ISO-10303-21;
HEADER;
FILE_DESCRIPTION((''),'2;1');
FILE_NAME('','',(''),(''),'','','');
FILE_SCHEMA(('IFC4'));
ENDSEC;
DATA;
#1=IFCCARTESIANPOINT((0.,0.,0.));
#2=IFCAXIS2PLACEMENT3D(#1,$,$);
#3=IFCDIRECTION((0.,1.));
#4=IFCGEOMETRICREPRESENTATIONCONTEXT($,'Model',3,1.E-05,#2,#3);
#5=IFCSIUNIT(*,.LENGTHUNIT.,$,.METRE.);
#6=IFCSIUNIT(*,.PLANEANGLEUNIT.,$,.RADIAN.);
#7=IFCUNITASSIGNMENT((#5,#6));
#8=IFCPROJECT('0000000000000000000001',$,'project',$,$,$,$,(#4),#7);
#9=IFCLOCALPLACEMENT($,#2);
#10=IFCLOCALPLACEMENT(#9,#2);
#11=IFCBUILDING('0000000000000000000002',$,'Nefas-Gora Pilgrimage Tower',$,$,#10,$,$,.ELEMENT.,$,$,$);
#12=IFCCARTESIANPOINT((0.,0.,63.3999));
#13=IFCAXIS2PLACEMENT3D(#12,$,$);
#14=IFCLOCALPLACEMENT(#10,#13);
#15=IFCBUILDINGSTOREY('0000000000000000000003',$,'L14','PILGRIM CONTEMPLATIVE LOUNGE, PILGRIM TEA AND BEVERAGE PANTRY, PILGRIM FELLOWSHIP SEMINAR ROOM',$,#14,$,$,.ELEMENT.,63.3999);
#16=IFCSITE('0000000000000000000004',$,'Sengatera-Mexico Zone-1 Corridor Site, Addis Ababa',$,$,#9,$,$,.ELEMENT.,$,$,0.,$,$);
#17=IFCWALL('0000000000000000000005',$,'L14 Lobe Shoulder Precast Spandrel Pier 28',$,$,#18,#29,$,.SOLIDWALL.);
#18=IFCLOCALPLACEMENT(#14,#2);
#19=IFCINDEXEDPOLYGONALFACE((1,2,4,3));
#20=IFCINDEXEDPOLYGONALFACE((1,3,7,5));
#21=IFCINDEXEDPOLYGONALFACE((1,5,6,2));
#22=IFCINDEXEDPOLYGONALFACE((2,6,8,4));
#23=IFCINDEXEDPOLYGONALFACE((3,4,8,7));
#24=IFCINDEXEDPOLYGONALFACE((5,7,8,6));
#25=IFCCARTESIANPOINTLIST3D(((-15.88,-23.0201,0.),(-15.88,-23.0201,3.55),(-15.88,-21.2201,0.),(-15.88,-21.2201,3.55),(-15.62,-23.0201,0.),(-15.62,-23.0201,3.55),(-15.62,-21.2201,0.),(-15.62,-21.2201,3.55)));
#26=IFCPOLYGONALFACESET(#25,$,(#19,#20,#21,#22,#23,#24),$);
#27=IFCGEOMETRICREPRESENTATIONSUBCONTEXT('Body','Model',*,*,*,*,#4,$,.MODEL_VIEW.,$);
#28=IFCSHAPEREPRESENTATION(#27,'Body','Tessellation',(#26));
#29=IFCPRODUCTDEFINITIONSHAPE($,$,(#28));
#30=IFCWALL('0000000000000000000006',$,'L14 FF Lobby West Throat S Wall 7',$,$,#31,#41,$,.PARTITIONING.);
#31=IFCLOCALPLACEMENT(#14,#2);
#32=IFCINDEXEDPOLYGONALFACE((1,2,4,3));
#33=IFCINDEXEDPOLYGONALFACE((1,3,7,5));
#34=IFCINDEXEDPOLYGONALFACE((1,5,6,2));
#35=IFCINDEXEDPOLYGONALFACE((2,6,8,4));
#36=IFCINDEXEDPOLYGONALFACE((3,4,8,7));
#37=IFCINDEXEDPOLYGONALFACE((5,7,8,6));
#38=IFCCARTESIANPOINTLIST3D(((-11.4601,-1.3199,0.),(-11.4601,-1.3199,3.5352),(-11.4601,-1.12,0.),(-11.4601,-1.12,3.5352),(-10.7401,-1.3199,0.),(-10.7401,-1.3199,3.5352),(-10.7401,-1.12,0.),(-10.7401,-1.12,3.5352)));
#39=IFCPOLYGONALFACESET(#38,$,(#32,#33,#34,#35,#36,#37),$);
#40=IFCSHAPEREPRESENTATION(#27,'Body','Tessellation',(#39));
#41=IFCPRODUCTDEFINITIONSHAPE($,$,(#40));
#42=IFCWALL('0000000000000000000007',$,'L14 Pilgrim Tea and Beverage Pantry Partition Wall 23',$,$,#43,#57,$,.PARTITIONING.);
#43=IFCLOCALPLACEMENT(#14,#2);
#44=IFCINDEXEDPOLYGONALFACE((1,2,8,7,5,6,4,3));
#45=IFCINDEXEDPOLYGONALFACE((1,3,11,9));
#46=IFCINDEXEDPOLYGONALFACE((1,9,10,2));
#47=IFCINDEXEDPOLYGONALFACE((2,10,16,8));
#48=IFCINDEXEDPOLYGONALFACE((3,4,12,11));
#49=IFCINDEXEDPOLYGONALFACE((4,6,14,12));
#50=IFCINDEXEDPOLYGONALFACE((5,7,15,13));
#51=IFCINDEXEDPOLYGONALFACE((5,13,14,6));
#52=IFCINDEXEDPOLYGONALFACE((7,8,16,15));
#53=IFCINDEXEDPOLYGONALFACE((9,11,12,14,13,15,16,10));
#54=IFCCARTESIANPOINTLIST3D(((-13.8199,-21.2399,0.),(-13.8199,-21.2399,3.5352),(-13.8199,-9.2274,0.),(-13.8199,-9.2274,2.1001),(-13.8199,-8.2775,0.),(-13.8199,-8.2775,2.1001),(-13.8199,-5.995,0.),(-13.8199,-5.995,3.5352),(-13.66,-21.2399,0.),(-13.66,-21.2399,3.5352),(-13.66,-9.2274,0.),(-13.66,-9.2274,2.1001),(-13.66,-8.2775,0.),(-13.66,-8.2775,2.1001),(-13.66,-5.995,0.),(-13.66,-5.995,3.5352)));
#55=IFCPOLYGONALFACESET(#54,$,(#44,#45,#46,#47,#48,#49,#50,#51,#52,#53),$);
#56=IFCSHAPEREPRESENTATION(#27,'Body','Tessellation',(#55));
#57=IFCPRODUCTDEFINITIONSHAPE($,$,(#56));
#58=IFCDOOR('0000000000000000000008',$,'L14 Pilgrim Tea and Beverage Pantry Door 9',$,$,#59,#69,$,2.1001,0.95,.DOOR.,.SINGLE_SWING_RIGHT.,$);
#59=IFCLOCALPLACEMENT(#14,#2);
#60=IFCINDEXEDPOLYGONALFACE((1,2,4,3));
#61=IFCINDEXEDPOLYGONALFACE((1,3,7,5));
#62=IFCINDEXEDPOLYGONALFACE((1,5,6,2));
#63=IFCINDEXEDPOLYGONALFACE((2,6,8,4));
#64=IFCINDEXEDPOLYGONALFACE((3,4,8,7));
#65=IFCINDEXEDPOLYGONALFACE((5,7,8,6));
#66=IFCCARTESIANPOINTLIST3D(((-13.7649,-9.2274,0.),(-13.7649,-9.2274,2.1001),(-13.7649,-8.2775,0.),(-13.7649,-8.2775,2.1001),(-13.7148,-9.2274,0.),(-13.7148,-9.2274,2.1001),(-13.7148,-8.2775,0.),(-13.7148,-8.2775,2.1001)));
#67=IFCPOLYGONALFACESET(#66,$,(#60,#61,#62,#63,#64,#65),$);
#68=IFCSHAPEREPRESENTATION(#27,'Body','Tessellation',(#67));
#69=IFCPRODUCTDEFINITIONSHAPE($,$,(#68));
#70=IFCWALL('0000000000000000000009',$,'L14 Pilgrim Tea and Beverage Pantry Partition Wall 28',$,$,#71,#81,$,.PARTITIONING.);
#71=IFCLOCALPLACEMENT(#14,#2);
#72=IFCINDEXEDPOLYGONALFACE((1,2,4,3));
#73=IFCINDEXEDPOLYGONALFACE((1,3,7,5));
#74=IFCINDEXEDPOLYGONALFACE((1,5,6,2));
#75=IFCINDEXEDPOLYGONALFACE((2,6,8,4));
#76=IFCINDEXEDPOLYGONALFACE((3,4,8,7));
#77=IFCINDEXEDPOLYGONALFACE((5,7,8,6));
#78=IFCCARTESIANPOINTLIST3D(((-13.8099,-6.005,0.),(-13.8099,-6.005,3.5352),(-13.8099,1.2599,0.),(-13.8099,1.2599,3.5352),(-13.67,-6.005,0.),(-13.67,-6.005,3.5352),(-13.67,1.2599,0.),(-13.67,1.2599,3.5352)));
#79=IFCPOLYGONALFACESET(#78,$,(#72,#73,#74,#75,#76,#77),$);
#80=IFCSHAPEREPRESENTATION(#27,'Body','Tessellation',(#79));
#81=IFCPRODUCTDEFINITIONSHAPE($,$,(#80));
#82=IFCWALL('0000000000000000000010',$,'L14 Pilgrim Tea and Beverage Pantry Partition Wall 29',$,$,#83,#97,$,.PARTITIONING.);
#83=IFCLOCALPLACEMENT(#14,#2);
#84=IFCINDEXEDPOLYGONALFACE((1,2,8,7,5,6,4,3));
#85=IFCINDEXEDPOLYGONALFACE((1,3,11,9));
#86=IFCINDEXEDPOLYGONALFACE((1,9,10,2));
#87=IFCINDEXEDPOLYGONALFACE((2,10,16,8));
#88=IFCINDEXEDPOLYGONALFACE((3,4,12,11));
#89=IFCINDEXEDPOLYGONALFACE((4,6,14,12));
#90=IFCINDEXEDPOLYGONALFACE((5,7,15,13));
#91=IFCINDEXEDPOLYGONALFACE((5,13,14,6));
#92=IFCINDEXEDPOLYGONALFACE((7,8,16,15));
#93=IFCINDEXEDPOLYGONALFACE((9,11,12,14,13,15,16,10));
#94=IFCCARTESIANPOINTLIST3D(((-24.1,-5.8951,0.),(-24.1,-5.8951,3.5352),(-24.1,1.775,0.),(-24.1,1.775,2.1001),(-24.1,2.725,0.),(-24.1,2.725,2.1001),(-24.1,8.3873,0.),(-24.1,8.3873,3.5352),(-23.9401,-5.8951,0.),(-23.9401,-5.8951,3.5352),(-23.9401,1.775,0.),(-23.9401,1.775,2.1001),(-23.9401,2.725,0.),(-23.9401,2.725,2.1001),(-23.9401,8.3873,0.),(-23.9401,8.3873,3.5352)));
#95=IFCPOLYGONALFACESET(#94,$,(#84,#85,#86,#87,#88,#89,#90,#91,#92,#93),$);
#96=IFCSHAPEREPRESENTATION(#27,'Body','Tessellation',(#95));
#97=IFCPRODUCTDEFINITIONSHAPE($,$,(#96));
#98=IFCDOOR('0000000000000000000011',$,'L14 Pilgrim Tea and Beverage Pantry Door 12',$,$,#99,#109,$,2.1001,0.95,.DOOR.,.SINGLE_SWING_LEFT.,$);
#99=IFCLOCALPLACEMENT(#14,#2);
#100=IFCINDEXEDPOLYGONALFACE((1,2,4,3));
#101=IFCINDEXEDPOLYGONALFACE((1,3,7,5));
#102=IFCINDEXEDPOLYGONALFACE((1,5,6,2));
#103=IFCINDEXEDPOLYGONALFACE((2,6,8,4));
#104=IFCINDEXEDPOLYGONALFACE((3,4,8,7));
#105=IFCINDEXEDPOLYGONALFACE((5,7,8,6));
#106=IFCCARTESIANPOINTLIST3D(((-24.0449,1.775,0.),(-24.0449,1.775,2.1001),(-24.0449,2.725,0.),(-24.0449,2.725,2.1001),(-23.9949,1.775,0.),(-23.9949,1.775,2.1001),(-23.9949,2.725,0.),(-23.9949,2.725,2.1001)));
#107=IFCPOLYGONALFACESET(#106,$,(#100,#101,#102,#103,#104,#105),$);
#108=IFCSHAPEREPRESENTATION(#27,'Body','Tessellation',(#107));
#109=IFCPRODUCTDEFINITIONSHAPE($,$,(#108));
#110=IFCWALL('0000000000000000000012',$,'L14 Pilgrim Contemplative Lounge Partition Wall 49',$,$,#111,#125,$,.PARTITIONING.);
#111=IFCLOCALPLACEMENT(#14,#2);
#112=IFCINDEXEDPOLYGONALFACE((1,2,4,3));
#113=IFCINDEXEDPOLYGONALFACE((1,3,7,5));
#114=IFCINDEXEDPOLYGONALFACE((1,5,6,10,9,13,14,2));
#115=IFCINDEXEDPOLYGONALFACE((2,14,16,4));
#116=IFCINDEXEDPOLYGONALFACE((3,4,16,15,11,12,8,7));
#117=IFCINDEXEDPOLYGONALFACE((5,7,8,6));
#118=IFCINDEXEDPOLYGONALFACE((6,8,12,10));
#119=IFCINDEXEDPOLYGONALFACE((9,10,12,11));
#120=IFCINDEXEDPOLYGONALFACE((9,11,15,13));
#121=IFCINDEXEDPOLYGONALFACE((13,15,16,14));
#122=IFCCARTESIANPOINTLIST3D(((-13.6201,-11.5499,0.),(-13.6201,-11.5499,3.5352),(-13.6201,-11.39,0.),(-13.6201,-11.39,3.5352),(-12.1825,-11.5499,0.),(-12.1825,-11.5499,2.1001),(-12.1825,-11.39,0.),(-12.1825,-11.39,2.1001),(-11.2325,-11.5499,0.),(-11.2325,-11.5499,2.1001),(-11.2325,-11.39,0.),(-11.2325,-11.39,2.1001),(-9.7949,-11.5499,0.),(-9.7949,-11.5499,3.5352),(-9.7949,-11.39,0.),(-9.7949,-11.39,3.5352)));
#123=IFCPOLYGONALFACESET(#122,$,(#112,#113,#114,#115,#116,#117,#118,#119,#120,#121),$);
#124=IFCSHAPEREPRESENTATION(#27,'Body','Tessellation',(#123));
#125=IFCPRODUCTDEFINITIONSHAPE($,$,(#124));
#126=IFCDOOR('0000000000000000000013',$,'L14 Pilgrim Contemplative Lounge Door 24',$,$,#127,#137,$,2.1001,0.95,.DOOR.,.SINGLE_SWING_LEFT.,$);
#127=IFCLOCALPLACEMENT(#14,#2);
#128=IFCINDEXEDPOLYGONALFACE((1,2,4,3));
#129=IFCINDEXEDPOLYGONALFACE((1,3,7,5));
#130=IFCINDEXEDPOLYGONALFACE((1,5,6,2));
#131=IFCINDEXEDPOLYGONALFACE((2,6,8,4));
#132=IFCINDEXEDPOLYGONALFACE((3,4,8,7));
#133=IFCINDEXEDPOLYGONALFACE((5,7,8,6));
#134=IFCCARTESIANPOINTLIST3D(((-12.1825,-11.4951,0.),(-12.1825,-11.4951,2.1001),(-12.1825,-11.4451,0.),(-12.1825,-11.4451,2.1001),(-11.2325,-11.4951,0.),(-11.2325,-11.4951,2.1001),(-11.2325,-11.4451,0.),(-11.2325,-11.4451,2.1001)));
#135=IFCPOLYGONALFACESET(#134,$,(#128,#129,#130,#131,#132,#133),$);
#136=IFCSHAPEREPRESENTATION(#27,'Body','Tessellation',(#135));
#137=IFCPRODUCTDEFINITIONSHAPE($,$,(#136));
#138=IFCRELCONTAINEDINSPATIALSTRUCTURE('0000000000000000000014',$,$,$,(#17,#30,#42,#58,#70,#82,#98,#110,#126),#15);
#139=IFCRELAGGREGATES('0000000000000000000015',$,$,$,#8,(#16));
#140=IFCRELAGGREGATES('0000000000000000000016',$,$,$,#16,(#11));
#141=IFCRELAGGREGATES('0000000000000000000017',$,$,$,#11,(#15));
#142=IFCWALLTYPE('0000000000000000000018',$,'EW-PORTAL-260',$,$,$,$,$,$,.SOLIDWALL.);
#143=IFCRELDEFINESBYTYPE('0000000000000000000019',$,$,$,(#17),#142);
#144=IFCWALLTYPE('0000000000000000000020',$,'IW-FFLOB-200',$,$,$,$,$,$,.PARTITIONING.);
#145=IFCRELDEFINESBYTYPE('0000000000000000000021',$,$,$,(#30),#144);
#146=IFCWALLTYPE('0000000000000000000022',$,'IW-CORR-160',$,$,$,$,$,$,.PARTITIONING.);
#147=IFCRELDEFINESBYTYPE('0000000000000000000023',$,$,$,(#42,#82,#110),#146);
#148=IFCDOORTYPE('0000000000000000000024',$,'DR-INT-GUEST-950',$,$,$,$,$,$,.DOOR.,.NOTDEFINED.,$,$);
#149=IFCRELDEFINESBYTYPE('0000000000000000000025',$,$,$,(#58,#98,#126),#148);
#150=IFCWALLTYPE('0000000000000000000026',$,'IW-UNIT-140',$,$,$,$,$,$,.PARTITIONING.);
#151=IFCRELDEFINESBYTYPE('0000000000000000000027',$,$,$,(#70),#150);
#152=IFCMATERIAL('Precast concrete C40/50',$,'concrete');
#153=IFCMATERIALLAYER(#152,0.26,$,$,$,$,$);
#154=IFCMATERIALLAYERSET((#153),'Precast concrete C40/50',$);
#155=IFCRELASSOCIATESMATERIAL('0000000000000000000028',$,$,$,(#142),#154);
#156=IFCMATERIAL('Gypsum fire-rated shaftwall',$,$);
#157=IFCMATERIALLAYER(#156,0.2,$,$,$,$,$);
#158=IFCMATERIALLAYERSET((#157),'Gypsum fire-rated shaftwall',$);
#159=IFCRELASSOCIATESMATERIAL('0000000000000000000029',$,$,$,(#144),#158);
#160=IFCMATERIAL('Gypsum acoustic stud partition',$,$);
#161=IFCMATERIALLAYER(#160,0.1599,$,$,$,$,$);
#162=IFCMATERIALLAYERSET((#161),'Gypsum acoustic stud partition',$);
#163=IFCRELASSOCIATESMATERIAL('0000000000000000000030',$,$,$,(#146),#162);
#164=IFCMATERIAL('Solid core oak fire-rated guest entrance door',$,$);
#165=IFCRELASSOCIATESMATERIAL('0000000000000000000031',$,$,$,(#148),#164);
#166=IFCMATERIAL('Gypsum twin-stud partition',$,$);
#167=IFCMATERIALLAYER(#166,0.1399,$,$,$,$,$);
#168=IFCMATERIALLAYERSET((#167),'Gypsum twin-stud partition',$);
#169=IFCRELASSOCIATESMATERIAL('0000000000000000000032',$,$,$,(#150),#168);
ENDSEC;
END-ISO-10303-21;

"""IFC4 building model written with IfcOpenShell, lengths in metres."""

from ifc_helpers import new_model, si_unit, direction, frame, frame_2d, origin, place, context, subcontext, project, spatial, rectangle, extrude, source, transform, mapped, material, layer, layer_set, type_object, element, fill, save


model = new_model("IFC4")

# Units and contexts
model_context = context("Model", 3, precision=1e-05, world=origin(), true_north=direction((0.0, 1.0)))
body_context = subcontext(model_context, "Body", "Model", "MODEL_VIEW")
ifc_project = project(units=[si_unit("LENGTHUNIT", "METRE"), si_unit("PLANEANGLEUNIT", "RADIAN")], contexts=[model_context])

# Site, building, storey
site_placement = place(None, origin())
site = spatial("IfcSite", under=ifc_project, at=site_placement, Name="Sengatera-Mexico Zone-1 Corridor Site, Addis Ababa", CompositionType="ELEMENT", RefElevation=0.0)
building_placement = place(site_placement, origin())
building = spatial("IfcBuilding", under=site, at=building_placement, Name="Nefas-Gora Pilgrimage Tower", CompositionType="ELEMENT")
storey_placement = place(building_placement, frame((0.0, 0.0, 63.3999)))
storey = spatial("IfcBuildingStorey", under=building, at=storey_placement, Name="L14", Description="PILGRIM CONTEMPLATIVE LOUNGE, PILGRIM TEA AND BEVERAGE PANTRY, PILGRIM FELLOWSHIP SEMINAR ROOM", CompositionType="ELEMENT", Elevation=63.3999)

# Wall
ifc_material_1 = material(Name="Precast concrete C40/50", Category="concrete")
ifc_layer_1 = layer(ifc_material_1, 0.26)
ifc_layer_set_1 = layer_set([ifc_layer_1], Name="Precast concrete C40/50")
wall_type_1 = type_object("IfcWallType", Name="EW-PORTAL-260", PredefinedType="SOLIDWALL", material=ifc_layer_set_1)
shared_shape_1 = source(origin(), body_context, "Body", "SweptSolid", [
    extrude(rectangle(XDim=1.8, YDim=0.26, at=frame_2d((0.8999, 0.0))), origin(), (0.0, 0.0, 1.0), 3.55),
])
wall_1_placement = place(storey_placement, frame((-15.75, -23.02, 0.0), z_axis=(0.0, 0.0, 1.0), x_axis=(0.0, 1.0, 0.0)))
element("IfcWall", 1, at=wall_1_placement, inside=storey, type_object=wall_type_1, Name="L14 Lobe Shoulder Precast Spandrel Pier 28", PredefinedType="SOLIDWALL", context=body_context, shape_type="MappedRepresentation", body=[
    mapped(shared_shape_1, transform((0.0, 0.0, 0.0), x_axis=(1.0, 0.0, 0.0), y_axis=(0.0, 1.0, 0.0), z_axis=(0.0, 0.0, 1.0), scale=1.0)),
])

# Shared definitions
ifc_material_2 = material(Name="Gypsum fire-rated shaftwall")
ifc_layer_2 = layer(ifc_material_2, 0.2)
ifc_layer_set_2 = layer_set([ifc_layer_2], Name="Gypsum fire-rated shaftwall")
wall_type_2 = type_object("IfcWallType", Name="IW-FFLOB-200", PredefinedType="PARTITIONING", material=ifc_layer_set_2)

# Wall
shared_shape_2 = source(origin(), body_context, "Body", "SweptSolid", [
    extrude(rectangle(XDim=0.72, YDim=0.2, at=frame_2d((0.3599, 0.0))), origin(), (0.0, 0.0, 1.0), 3.5352),
])
wall_2_placement = place(storey_placement, frame((-11.46, -1.22, 0.0), z_axis=(0.0, 0.0, 1.0), x_axis=(1.0, 0.0, 0.0)))
element("IfcWall", 2, at=wall_2_placement, inside=storey, type_object=wall_type_2, Name="L14 FF Lobby West Throat S Wall 7", PredefinedType="PARTITIONING", context=body_context, shape_type="MappedRepresentation", body=[
    mapped(shared_shape_2, transform((0.0, 0.0, 0.0), x_axis=(1.0, 0.0, 0.0), y_axis=(0.0, 1.0, 0.0), z_axis=(0.0, 0.0, 1.0), scale=1.0)),
])

# Wall, opening, door
ifc_material_3 = material(Name="Gypsum acoustic stud partition")
ifc_layer_3 = layer(ifc_material_3, 0.1599)
ifc_layer_set_3 = layer_set([ifc_layer_3], Name="Gypsum acoustic stud partition")
wall_type_3 = type_object("IfcWallType", Name="IW-CORR-160", PredefinedType="PARTITIONING", material=ifc_layer_set_3)
shared_shape_3 = source(origin(), body_context, "Body", "SweptSolid", [
    extrude(rectangle(XDim=15.2449, YDim=0.1599, at=frame_2d((7.6226, 0.0))), origin(), (0.0, 0.0, 1.0), 3.5352),
])
wall_3_placement = place(storey_placement, frame((-13.74, -21.24, 0.0), z_axis=(0.0, 0.0, 1.0), x_axis=(0.0, 1.0, 0.0)))
wall_3 = element("IfcWall", 3, at=wall_3_placement, inside=storey, type_object=wall_type_3, Name="L14 Pilgrim Tea and Beverage Pantry Partition Wall 23", PredefinedType="PARTITIONING", context=body_context, shape_type="MappedRepresentation", body=[
    mapped(shared_shape_3, transform((0.0, 0.0, 0.0), x_axis=(1.0, 0.0, 0.0), y_axis=(0.0, 1.0, 0.0), z_axis=(0.0, 0.0, 1.0), scale=1.0)),
])
opening_1_placement = place(wall_3_placement, frame((12.0125, 0.0, 0.0)))
opening_1 = element("IfcOpeningElement", 4, at=opening_1_placement, cuts=wall_3, PredefinedType="OPENING", context=body_context, shape_type="SweptSolid", body=[
    extrude(rectangle(XDim=0.95, YDim=2.1001, at=frame_2d((0.4751, 1.05))), frame((0.0, 0.0898, 0.0), z_axis=(0.0, -1.0, 0.0), x_axis=(1.0, 0.0, 0.0)), (0.0, 0.0, 1.0), 0.1799),
])
ifc_material_4 = material(Name="Solid core oak fire-rated guest entrance door")
door_type_1 = type_object("IfcDoorType", Name="DR-INT-GUEST-950", OperationType="NOTDEFINED", PredefinedType="DOOR", material=ifc_material_4)
shared_shape_4 = source(origin(), body_context, "Body", "SweptSolid", [
    extrude(rectangle(XDim=0.95, YDim=2.1001, at=frame_2d((0.4751, 1.05))), frame((0.0, 0.0249, 0.0), z_axis=(0.0, -1.0, 0.0), x_axis=(1.0, 0.0, 0.0)), (0.0, 0.0, 1.0), 0.05),
])
door_1_placement = place(opening_1_placement, origin())
door_1 = element("IfcDoor", 5, at=door_1_placement, inside=storey, type_object=door_type_1, Name="L14 Pilgrim Tea and Beverage Pantry Door 9", OperationType="SINGLE_SWING_RIGHT", OverallHeight=2.1001, OverallWidth=0.95, PredefinedType="DOOR", context=body_context, shape_type="MappedRepresentation", body=[
    mapped(shared_shape_4, transform((0.0, 0.0, 0.0), x_axis=(1.0, 0.0, 0.0), y_axis=(0.0, 1.0, 0.0), z_axis=(0.0, 0.0, 1.0), scale=1.0)),
])
fill(opening_1, door_1)

# Wall
ifc_material_5 = material(Name="Gypsum twin-stud partition")
ifc_layer_4 = layer(ifc_material_5, 0.1399)
ifc_layer_set_4 = layer_set([ifc_layer_4], Name="Gypsum twin-stud partition")
wall_type_4 = type_object("IfcWallType", Name="IW-UNIT-140", PredefinedType="PARTITIONING", material=ifc_layer_set_4)
shared_shape_5 = source(origin(), body_context, "Body", "SweptSolid", [
    extrude(rectangle(XDim=7.2649, YDim=0.1399, at=frame_2d((3.6323, 0.0))), origin(), (0.0, 0.0, 1.0), 3.5352),
])
wall_4_placement = place(storey_placement, frame((-13.74, -6.0049, 0.0), z_axis=(0.0, 0.0, 1.0), x_axis=(0.0, 1.0, 0.0)))
element("IfcWall", 6, at=wall_4_placement, inside=storey, type_object=wall_type_4, Name="L14 Pilgrim Tea and Beverage Pantry Partition Wall 28", PredefinedType="PARTITIONING", context=body_context, shape_type="MappedRepresentation", body=[
    mapped(shared_shape_5, transform((0.0, 0.0, 0.0), x_axis=(1.0, 0.0, 0.0), y_axis=(0.0, 1.0, 0.0), z_axis=(0.0, 0.0, 1.0), scale=1.0)),
])

# Walls, openings, doors
shared_shape_6 = source(origin(), body_context, "Body", "SweptSolid", [
    extrude(rectangle(XDim=14.2825, YDim=0.1599, at=frame_2d((7.1411, 0.0))), origin(), (0.0, 0.0, 1.0), 3.5352),
])
wall_5_placement = place(storey_placement, frame((-24.02, -5.895, 0.0), z_axis=(0.0, 0.0, 1.0), x_axis=(0.0, 1.0, 0.0)))
wall_5 = element("IfcWall", 7, at=wall_5_placement, inside=storey, type_object=wall_type_3, Name="L14 Pilgrim Tea and Beverage Pantry Partition Wall 29", PredefinedType="PARTITIONING", context=body_context, shape_type="MappedRepresentation", body=[
    mapped(shared_shape_6, transform((0.0, 0.0, 0.0), x_axis=(1.0, 0.0, 0.0), y_axis=(0.0, 1.0, 0.0), z_axis=(0.0, 0.0, 1.0), scale=1.0)),
])
opening_2_placement = place(wall_5_placement, frame((7.6699, 0.0, 0.0)))
opening_2 = element("IfcOpeningElement", 8, at=opening_2_placement, cuts=wall_5, PredefinedType="OPENING", context=body_context, shape_type="SweptSolid", body=[
    extrude(rectangle(XDim=0.95, YDim=2.1001, at=frame_2d((0.4751, 1.05))), frame((0.0, 0.0898, 0.0), z_axis=(0.0, -1.0, 0.0), x_axis=(1.0, 0.0, 0.0)), (0.0, 0.0, 1.0), 0.1799),
])
door_2_placement = place(opening_2_placement, origin())
door_2 = element("IfcDoor", 9, at=door_2_placement, inside=storey, type_object=door_type_1, Name="L14 Pilgrim Tea and Beverage Pantry Door 12", OperationType="SINGLE_SWING_LEFT", OverallHeight=2.1001, OverallWidth=0.95, PredefinedType="DOOR", context=body_context, shape_type="MappedRepresentation", body=[
    mapped(shared_shape_4, transform((0.0, 0.0, 0.0), x_axis=(1.0, 0.0, 0.0), y_axis=(0.0, 1.0, 0.0), z_axis=(0.0, 0.0, 1.0), scale=1.0)),
])
fill(opening_2, door_2)
shared_shape_7 = source(origin(), body_context, "Body", "SweptSolid", [
    extrude(rectangle(XDim=3.8252, YDim=0.1599, at=frame_2d((1.9126, 0.0))), origin(), (0.0, 0.0, 1.0), 3.5352),
])
wall_6_placement = place(storey_placement, frame((-13.6201, -11.47, 0.0), z_axis=(0.0, 0.0, 1.0), x_axis=(1.0, 0.0, 0.0)))
wall_6 = element("IfcWall", 10, at=wall_6_placement, inside=storey, type_object=wall_type_3, Name="L14 Pilgrim Contemplative Lounge Partition Wall 49", PredefinedType="PARTITIONING", context=body_context, shape_type="MappedRepresentation", body=[
    mapped(shared_shape_7, transform((0.0, 0.0, 0.0), x_axis=(1.0, 0.0, 0.0), y_axis=(0.0, 1.0, 0.0), z_axis=(0.0, 0.0, 1.0), scale=1.0)),
])
opening_3_placement = place(wall_6_placement, frame((1.4375, 0.0, 0.0)))
opening_3 = element("IfcOpeningElement", 11, at=opening_3_placement, cuts=wall_6, PredefinedType="OPENING", context=body_context, shape_type="SweptSolid", body=[
    extrude(rectangle(XDim=0.95, YDim=2.1001, at=frame_2d((0.4751, 1.05))), frame((0.0, 0.0898, 0.0), z_axis=(0.0, -1.0, 0.0), x_axis=(1.0, 0.0, 0.0)), (0.0, 0.0, 1.0), 0.1799),
])
door_3_placement = place(opening_3_placement, origin())
door_3 = element("IfcDoor", 12, at=door_3_placement, inside=storey, type_object=door_type_1, Name="L14 Pilgrim Contemplative Lounge Door 24", OperationType="SINGLE_SWING_LEFT", OverallHeight=2.1001, OverallWidth=0.95, PredefinedType="DOOR", context=body_context, shape_type="MappedRepresentation", body=[
    mapped(shared_shape_4, transform((0.0, 0.0, 0.0), x_axis=(1.0, 0.0, 0.0), y_axis=(0.0, 1.0, 0.0), z_axis=(0.0, 0.0, 1.0), scale=1.0)),
])
fill(opening_3, door_3)

save(model, "model.ifc")
